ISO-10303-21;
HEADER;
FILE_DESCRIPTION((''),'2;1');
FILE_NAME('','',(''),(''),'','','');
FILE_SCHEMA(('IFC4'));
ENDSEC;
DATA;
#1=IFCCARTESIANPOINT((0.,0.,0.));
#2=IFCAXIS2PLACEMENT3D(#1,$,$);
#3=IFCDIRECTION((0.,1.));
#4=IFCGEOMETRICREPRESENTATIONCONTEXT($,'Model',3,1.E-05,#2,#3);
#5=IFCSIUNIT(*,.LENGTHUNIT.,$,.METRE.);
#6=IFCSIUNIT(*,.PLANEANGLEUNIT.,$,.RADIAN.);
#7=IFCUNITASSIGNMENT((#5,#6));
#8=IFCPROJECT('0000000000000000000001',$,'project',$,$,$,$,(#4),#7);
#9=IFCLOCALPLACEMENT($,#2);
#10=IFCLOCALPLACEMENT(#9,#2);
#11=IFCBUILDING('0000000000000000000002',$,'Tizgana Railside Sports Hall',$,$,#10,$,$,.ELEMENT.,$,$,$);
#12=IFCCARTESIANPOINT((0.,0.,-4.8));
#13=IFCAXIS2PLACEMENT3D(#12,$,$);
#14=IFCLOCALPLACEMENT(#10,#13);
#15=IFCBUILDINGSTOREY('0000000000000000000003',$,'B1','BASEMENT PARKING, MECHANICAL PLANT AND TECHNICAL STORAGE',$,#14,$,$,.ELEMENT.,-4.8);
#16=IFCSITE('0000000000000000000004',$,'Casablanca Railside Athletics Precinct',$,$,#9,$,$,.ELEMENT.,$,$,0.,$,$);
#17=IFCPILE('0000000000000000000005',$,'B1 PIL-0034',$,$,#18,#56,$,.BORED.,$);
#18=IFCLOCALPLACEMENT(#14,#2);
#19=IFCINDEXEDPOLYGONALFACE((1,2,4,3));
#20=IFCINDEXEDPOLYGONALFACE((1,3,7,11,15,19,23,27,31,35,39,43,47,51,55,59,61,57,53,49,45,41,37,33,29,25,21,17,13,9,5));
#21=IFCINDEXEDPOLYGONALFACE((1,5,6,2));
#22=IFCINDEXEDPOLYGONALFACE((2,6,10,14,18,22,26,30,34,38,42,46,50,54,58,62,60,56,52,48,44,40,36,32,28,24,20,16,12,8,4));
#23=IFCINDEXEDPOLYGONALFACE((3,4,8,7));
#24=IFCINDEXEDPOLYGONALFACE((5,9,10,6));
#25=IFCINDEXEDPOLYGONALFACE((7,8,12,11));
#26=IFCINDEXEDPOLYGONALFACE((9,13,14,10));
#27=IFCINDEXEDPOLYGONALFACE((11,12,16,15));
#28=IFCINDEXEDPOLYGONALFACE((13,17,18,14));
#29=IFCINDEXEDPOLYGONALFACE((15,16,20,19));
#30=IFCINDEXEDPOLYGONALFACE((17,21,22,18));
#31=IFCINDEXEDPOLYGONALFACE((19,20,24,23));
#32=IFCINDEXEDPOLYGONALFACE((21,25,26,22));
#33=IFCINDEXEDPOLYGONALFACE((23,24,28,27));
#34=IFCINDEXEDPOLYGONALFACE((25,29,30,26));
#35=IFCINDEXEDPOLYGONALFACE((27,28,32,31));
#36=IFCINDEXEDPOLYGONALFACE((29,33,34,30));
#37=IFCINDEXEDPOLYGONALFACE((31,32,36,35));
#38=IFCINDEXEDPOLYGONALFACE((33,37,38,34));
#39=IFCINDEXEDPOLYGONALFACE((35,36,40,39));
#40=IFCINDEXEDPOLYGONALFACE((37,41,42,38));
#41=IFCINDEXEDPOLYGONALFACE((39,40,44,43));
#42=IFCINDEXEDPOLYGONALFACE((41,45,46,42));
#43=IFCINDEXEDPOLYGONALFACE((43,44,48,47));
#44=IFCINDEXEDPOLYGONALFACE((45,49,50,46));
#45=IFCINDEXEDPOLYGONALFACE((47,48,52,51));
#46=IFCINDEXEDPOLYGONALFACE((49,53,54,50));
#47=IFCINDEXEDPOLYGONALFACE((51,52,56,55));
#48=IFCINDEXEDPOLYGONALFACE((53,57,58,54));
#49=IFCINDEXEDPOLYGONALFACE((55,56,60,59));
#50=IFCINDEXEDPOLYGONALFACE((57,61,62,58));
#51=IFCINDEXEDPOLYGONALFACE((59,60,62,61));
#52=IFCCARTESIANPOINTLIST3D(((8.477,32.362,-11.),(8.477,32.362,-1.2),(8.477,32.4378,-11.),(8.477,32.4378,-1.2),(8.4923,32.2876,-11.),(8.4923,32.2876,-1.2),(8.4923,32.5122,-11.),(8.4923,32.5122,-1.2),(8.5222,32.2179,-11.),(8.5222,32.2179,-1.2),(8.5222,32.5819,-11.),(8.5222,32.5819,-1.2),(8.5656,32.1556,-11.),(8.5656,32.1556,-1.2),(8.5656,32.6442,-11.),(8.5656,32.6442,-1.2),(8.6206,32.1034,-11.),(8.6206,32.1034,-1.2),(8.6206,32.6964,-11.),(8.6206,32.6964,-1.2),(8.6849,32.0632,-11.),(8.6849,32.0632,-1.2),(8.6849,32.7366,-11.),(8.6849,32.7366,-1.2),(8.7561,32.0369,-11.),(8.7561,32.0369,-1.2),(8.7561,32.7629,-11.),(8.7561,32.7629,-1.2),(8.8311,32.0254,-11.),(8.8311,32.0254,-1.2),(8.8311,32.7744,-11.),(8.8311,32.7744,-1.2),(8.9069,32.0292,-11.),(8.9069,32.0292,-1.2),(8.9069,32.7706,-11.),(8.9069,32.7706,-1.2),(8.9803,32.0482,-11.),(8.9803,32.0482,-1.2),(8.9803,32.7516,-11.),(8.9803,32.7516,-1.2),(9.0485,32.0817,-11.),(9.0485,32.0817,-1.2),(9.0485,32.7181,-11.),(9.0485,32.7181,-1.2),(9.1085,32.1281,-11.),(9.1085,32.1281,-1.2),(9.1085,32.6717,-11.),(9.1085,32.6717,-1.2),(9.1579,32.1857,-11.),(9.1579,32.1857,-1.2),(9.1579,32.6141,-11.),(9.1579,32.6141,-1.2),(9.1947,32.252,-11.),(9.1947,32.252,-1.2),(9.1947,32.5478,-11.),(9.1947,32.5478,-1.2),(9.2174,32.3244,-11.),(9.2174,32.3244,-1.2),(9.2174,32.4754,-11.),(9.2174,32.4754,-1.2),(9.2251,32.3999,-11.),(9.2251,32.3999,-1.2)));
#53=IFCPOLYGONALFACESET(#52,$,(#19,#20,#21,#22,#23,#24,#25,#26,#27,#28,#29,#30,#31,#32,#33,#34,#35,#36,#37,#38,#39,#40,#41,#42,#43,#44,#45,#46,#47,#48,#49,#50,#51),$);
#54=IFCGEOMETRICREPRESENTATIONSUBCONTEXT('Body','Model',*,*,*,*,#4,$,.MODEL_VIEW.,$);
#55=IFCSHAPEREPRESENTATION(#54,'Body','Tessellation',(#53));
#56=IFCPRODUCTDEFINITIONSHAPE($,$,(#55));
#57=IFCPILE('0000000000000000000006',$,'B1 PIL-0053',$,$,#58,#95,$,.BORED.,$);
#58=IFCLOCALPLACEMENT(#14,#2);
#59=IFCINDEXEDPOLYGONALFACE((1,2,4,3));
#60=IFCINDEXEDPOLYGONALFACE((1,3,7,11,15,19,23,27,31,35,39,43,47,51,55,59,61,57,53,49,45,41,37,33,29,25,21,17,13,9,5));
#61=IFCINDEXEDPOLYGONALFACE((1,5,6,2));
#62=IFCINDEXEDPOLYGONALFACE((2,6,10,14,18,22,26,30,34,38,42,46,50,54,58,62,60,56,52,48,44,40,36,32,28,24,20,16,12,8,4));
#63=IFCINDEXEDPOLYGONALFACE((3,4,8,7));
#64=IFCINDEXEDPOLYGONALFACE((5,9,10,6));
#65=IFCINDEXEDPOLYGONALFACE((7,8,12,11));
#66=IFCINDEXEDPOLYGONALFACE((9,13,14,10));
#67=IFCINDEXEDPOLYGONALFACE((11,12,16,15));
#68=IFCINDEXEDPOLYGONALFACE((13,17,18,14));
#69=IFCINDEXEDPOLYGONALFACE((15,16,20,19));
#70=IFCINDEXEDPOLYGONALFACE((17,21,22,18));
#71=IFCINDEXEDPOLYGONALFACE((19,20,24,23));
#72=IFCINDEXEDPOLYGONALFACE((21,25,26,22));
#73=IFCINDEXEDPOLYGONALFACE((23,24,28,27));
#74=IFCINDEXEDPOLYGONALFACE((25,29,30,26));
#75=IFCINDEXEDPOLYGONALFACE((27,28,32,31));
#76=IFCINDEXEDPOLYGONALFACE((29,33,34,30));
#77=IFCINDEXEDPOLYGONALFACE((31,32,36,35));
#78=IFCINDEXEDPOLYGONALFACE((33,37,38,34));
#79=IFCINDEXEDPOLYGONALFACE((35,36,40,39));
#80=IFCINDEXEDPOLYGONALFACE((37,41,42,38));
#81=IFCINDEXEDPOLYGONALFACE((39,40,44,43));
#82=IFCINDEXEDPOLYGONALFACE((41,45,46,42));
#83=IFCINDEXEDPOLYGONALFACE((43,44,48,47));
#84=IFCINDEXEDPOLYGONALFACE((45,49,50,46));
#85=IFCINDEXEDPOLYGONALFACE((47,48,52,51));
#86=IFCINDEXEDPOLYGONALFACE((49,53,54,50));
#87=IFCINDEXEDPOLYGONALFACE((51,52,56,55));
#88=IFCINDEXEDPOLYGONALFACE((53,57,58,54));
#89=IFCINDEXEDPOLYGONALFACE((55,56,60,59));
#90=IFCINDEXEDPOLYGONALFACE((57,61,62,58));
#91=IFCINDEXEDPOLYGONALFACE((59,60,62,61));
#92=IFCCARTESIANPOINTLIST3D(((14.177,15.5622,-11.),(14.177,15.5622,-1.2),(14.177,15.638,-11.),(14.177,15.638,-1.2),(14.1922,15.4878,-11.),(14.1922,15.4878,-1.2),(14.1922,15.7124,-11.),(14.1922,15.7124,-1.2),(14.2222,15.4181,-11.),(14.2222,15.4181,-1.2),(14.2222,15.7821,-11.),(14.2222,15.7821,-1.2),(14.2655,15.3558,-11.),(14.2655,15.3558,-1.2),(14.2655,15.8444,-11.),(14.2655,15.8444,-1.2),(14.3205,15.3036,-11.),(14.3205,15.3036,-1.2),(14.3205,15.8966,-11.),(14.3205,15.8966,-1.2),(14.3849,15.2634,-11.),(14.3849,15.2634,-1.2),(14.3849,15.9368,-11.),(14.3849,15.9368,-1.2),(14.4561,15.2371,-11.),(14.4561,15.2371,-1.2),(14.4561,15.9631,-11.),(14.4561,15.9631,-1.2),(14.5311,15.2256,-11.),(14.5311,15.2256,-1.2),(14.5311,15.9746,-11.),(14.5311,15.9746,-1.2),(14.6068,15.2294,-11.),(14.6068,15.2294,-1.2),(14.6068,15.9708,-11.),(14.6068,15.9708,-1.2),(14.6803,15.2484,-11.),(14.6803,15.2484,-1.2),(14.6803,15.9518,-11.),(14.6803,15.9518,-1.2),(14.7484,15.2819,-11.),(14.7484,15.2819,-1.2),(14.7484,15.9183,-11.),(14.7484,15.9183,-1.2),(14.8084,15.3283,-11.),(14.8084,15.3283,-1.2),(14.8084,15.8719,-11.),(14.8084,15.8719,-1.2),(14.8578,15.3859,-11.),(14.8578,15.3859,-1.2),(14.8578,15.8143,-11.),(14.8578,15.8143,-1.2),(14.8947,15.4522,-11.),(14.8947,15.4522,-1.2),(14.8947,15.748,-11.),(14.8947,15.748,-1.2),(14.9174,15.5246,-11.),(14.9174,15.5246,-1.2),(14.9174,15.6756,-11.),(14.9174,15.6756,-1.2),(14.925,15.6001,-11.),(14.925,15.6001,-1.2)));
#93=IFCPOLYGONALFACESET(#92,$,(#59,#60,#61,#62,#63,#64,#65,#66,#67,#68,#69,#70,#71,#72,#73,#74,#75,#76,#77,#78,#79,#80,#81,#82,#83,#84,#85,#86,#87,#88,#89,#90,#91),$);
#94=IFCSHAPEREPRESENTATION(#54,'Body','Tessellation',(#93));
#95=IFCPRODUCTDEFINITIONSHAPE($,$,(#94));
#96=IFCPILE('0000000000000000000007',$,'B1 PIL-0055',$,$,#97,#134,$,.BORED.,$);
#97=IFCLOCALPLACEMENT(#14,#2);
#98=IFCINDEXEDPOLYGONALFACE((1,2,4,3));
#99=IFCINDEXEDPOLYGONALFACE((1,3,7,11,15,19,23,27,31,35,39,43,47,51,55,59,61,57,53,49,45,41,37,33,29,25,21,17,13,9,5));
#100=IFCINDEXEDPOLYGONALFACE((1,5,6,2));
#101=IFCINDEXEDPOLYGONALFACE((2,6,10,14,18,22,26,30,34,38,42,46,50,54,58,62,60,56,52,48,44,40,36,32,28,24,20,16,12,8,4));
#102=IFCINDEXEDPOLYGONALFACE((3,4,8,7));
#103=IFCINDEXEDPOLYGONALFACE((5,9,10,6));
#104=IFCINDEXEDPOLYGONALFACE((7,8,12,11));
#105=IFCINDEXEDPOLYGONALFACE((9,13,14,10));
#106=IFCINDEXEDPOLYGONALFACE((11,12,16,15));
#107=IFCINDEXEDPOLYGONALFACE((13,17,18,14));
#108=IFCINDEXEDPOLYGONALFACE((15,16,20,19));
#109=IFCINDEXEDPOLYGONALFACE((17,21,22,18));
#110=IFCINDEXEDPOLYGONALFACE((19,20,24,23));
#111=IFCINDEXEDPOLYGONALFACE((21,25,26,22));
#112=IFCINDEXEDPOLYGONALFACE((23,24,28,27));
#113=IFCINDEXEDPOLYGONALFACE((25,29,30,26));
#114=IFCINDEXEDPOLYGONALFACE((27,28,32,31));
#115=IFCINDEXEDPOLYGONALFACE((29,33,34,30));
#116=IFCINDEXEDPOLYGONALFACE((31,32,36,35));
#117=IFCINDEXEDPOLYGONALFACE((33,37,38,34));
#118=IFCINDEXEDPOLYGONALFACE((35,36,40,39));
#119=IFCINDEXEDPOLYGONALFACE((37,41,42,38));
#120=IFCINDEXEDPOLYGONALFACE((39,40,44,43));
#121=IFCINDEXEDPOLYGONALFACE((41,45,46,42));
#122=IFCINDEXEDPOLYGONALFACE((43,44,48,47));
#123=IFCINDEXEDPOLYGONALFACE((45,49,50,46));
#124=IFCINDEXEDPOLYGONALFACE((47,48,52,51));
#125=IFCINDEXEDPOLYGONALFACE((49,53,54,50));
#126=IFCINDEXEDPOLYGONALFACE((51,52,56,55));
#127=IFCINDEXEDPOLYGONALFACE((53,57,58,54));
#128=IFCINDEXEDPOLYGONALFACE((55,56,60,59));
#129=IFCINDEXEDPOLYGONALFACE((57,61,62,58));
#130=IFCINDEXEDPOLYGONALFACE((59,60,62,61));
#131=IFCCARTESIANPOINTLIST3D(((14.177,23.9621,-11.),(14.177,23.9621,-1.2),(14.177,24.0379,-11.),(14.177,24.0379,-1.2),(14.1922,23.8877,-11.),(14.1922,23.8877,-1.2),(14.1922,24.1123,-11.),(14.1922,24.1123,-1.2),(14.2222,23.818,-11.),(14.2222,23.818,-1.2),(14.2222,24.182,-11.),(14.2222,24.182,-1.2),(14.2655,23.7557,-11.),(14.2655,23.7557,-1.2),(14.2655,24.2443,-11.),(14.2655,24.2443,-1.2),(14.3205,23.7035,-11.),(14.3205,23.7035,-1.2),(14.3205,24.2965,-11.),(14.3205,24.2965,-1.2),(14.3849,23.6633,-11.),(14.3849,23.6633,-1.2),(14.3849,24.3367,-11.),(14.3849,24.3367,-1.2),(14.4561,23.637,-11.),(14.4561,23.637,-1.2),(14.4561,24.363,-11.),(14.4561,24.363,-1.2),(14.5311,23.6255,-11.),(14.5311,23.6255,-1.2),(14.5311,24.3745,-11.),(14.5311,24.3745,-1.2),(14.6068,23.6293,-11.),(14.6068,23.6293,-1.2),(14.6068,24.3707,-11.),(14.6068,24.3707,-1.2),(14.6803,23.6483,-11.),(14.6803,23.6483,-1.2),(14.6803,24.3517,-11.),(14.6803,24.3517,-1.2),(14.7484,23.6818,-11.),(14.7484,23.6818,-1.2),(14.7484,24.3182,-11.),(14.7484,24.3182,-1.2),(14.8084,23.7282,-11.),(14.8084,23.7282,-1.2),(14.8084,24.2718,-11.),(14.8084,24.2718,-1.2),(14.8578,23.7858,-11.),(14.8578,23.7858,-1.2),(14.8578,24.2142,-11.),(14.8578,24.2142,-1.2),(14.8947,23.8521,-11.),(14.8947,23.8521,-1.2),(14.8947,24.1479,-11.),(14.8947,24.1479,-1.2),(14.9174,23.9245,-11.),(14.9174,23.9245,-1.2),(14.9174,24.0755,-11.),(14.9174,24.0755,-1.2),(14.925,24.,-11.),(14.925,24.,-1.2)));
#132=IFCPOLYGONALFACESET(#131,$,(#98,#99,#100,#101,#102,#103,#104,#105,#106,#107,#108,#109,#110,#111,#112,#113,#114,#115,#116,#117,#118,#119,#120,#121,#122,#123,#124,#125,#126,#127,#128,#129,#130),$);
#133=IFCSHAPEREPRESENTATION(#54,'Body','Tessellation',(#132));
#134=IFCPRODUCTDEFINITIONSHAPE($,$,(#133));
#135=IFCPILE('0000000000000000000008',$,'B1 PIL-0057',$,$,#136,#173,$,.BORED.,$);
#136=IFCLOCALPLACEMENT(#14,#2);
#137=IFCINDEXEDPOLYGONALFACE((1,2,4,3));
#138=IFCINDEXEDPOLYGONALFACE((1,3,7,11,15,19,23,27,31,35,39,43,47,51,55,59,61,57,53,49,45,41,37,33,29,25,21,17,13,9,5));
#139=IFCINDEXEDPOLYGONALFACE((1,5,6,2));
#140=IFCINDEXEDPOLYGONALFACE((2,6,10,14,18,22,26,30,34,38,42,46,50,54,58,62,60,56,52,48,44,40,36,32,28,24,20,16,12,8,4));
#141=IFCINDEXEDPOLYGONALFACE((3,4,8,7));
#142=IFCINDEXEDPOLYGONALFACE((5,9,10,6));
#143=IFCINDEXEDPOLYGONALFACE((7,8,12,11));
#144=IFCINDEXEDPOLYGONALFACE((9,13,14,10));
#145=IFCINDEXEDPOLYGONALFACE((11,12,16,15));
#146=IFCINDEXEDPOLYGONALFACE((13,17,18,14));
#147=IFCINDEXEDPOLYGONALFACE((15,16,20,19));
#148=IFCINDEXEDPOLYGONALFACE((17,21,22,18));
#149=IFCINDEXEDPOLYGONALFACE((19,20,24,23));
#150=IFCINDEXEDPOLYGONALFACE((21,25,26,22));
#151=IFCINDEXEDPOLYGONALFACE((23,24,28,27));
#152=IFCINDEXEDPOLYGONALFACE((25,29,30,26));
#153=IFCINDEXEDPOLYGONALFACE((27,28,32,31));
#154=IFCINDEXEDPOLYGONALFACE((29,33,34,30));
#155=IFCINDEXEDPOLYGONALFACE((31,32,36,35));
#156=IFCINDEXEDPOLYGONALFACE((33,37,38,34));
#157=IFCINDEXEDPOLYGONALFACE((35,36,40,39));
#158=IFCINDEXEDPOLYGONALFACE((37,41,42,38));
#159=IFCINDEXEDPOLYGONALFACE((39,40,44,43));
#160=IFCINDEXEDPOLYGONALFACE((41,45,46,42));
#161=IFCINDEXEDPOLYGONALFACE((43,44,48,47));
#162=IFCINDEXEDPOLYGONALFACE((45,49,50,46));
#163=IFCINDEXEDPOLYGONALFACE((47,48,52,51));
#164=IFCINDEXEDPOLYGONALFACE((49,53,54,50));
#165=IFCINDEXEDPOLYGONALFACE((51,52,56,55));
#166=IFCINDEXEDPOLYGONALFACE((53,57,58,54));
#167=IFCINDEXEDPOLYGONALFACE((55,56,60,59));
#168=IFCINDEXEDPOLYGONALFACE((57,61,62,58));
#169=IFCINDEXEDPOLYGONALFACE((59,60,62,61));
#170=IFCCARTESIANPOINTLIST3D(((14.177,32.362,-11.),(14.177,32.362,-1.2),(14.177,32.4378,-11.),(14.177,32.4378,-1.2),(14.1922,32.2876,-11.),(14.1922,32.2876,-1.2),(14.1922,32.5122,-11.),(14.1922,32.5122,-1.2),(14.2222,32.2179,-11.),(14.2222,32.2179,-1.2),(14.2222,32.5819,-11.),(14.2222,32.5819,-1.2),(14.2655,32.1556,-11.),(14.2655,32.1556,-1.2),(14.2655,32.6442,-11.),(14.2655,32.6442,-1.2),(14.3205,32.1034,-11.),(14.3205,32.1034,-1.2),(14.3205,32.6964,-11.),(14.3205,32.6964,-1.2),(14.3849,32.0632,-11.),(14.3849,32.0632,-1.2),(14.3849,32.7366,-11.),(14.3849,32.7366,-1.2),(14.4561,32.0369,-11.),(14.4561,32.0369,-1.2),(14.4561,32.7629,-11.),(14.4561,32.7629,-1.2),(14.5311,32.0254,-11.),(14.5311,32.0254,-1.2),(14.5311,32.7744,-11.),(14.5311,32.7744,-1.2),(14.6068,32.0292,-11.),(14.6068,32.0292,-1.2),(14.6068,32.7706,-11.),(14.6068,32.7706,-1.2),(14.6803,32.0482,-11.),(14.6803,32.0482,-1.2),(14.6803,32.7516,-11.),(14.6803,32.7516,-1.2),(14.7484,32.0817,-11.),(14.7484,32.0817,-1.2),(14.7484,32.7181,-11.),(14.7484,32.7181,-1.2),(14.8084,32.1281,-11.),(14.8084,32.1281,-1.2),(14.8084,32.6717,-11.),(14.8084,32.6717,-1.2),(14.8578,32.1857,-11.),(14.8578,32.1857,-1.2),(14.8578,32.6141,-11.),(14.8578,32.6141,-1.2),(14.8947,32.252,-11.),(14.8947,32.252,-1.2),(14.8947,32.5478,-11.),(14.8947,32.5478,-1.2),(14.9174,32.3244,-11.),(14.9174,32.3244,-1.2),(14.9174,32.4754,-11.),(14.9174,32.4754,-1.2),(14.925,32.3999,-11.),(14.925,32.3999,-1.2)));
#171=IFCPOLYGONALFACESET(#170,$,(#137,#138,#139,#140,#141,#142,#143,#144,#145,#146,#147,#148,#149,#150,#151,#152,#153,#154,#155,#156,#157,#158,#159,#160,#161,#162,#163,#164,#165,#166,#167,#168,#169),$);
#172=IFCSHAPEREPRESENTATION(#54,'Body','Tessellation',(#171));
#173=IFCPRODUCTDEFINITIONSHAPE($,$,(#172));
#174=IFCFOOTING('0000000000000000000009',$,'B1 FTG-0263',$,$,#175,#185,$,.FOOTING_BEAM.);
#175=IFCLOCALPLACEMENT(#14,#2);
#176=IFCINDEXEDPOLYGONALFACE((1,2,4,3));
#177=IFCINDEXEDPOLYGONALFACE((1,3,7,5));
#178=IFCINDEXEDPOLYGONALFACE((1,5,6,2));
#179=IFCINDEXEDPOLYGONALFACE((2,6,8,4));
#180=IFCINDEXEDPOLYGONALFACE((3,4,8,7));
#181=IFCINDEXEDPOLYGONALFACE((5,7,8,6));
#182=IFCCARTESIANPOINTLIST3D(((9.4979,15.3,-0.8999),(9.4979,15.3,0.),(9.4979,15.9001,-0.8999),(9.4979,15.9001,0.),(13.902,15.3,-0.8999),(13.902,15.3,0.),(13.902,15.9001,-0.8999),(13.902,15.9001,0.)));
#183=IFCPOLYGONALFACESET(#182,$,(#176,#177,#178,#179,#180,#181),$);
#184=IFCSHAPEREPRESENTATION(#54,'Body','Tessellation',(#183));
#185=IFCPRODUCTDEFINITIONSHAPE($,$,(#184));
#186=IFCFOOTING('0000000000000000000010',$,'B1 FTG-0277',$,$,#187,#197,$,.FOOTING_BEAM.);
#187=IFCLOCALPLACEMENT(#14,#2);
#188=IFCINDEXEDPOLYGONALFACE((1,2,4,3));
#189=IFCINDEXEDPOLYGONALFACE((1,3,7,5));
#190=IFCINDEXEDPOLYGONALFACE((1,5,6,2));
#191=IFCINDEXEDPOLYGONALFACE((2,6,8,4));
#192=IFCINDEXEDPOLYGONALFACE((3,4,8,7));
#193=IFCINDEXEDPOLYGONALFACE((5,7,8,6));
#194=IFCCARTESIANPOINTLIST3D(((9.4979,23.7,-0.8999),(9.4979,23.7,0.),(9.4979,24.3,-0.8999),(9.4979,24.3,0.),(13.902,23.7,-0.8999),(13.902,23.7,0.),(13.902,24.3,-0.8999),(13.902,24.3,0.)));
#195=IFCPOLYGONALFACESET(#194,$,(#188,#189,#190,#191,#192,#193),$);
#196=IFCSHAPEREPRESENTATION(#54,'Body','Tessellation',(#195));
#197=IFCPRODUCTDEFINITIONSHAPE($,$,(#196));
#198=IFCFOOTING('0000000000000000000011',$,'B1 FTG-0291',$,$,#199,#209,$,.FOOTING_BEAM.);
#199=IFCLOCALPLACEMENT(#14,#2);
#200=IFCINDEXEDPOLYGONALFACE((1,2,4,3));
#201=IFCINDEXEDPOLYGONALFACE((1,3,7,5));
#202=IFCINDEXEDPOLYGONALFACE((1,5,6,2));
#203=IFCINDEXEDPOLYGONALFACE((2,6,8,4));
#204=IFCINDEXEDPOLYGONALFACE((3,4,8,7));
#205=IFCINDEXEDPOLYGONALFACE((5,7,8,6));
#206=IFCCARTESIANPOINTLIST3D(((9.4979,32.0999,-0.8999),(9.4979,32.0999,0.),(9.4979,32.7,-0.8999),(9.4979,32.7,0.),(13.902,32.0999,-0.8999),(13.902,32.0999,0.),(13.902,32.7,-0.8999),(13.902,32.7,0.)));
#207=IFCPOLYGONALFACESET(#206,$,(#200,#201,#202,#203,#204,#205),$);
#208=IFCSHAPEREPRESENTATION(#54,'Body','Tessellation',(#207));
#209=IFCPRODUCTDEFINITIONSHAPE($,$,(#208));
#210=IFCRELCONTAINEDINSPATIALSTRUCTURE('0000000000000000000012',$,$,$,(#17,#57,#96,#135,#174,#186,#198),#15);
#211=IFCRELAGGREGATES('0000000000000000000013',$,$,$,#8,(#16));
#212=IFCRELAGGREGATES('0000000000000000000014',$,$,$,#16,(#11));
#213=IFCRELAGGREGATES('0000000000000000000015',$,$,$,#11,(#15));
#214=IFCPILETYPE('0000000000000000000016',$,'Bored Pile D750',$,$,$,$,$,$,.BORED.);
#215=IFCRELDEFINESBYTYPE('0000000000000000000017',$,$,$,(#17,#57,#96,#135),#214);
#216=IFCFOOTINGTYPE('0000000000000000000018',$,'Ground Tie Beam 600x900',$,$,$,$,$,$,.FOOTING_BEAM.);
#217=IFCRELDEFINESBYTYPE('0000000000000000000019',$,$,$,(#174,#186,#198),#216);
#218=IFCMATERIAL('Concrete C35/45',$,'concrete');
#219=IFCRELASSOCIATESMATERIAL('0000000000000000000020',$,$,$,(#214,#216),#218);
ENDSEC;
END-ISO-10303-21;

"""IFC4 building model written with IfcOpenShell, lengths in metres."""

from ifc_helpers import new_model, si_unit, direction, frame, origin, origin_2d, place, context, subcontext, project, spatial, rectangle, circle, extrude, material, material_profile, profile_set, type_object, element, save


model = new_model("IFC4")

# Units and contexts
model_context = context("Model", 3, precision=1e-05, world=origin(), true_north=direction((0.0, 1.0)))
body_context = subcontext(model_context, "Body", "Model", "MODEL_VIEW")
ifc_project = project(units=[si_unit("LENGTHUNIT", "METRE"), si_unit("PLANEANGLEUNIT", "RADIAN")], contexts=[model_context])

# Site, building, storey
site_placement = place(None, origin())
site = spatial("IfcSite", under=ifc_project, at=site_placement, Name="Casablanca Railside Athletics Precinct", CompositionType="ELEMENT", RefElevation=0.0)
building_placement = place(site_placement, origin())
building = spatial("IfcBuilding", under=site, at=building_placement, Name="Tizgana Railside Sports Hall", CompositionType="ELEMENT")
storey_placement = place(building_placement, frame((0.0, 0.0, -4.8)))
storey = spatial("IfcBuildingStorey", under=building, at=storey_placement, Name="B1", Description="BASEMENT PARKING, MECHANICAL PLANT AND TECHNICAL STORAGE", CompositionType="ELEMENT", Elevation=-4.8)

# Piles
ifc_material_1 = material(Name="Concrete C35/45", Category="concrete")
ifc_material_profile_1 = material_profile(ifc_material_1, circle(Radius=0.375, at=origin_2d()), Name="PILE D750")
ifc_profile_set_1 = profile_set([ifc_material_profile_1], Name="Concrete C35/45")
pile_type = type_object("IfcPileType", Name="Bored Pile D750", PredefinedType="BORED", material=ifc_profile_set_1)
for number, where, z_axis, x_axis, name in (
    (1, (8.8501, 32.3999, -1.2), (0.0, 0.0, -1.0), (1.0, 0.0, 0.0), "B1 PIL-0034"),
    (2, (14.55, 15.6001, -1.2), (0.0, 0.0, -1.0), (1.0, 0.0, 0.0), "B1 PIL-0053"),
    (3, (14.55, 24.0, -1.2), (0.0, 0.0, -1.0), (1.0, 0.0, 0.0), "B1 PIL-0055"),
    (4, (14.55, 32.3999, -1.2), (0.0, 0.0, -1.0), (1.0, 0.0, 0.0), "B1 PIL-0057"),
):
    element("IfcPile", number, at=place(storey_placement, frame(where, z_axis=z_axis, x_axis=x_axis)), inside=storey, type_object=pile_type, Name=name, PredefinedType="BORED", context=body_context, shape_type="SweptSolid", body=[
        extrude(circle(Radius=0.375, at=origin_2d()), origin(), (0.0, 0.0, 1.0), 9.8),
    ])

# Footings
footing_type_1 = type_object("IfcFootingType", Name="Ground Tie Beam 600x900", PredefinedType="FOOTING_BEAM", material=ifc_material_1)
for number, where, z_axis, x_axis, name in (
    (5, (11.7, 15.6001, -0.8999), (0.0, 0.0, 1.0), (1.0, 0.0, 0.0), "B1 FTG-0263"),
    (6, (11.7, 24.0, -0.8999), (0.0, 0.0, 1.0), (1.0, 0.0, 0.0), "B1 FTG-0277"),
    (7, (11.7, 32.3999, -0.8999), (0.0, 0.0, 1.0), (1.0, 0.0, 0.0), "B1 FTG-0291"),
):
    element("IfcFooting", number, at=place(storey_placement, frame(where, z_axis=z_axis, x_axis=x_axis)), inside=storey, type_object=footing_type_1, Name=name, PredefinedType="FOOTING_BEAM", context=body_context, shape_type="SweptSolid", body=[
        extrude(rectangle(XDim=4.4041, YDim=0.6001, at=origin_2d()), origin(), (0.0, 0.0, 1.0), 0.8999),
    ])

save(model, "model.ifc")
